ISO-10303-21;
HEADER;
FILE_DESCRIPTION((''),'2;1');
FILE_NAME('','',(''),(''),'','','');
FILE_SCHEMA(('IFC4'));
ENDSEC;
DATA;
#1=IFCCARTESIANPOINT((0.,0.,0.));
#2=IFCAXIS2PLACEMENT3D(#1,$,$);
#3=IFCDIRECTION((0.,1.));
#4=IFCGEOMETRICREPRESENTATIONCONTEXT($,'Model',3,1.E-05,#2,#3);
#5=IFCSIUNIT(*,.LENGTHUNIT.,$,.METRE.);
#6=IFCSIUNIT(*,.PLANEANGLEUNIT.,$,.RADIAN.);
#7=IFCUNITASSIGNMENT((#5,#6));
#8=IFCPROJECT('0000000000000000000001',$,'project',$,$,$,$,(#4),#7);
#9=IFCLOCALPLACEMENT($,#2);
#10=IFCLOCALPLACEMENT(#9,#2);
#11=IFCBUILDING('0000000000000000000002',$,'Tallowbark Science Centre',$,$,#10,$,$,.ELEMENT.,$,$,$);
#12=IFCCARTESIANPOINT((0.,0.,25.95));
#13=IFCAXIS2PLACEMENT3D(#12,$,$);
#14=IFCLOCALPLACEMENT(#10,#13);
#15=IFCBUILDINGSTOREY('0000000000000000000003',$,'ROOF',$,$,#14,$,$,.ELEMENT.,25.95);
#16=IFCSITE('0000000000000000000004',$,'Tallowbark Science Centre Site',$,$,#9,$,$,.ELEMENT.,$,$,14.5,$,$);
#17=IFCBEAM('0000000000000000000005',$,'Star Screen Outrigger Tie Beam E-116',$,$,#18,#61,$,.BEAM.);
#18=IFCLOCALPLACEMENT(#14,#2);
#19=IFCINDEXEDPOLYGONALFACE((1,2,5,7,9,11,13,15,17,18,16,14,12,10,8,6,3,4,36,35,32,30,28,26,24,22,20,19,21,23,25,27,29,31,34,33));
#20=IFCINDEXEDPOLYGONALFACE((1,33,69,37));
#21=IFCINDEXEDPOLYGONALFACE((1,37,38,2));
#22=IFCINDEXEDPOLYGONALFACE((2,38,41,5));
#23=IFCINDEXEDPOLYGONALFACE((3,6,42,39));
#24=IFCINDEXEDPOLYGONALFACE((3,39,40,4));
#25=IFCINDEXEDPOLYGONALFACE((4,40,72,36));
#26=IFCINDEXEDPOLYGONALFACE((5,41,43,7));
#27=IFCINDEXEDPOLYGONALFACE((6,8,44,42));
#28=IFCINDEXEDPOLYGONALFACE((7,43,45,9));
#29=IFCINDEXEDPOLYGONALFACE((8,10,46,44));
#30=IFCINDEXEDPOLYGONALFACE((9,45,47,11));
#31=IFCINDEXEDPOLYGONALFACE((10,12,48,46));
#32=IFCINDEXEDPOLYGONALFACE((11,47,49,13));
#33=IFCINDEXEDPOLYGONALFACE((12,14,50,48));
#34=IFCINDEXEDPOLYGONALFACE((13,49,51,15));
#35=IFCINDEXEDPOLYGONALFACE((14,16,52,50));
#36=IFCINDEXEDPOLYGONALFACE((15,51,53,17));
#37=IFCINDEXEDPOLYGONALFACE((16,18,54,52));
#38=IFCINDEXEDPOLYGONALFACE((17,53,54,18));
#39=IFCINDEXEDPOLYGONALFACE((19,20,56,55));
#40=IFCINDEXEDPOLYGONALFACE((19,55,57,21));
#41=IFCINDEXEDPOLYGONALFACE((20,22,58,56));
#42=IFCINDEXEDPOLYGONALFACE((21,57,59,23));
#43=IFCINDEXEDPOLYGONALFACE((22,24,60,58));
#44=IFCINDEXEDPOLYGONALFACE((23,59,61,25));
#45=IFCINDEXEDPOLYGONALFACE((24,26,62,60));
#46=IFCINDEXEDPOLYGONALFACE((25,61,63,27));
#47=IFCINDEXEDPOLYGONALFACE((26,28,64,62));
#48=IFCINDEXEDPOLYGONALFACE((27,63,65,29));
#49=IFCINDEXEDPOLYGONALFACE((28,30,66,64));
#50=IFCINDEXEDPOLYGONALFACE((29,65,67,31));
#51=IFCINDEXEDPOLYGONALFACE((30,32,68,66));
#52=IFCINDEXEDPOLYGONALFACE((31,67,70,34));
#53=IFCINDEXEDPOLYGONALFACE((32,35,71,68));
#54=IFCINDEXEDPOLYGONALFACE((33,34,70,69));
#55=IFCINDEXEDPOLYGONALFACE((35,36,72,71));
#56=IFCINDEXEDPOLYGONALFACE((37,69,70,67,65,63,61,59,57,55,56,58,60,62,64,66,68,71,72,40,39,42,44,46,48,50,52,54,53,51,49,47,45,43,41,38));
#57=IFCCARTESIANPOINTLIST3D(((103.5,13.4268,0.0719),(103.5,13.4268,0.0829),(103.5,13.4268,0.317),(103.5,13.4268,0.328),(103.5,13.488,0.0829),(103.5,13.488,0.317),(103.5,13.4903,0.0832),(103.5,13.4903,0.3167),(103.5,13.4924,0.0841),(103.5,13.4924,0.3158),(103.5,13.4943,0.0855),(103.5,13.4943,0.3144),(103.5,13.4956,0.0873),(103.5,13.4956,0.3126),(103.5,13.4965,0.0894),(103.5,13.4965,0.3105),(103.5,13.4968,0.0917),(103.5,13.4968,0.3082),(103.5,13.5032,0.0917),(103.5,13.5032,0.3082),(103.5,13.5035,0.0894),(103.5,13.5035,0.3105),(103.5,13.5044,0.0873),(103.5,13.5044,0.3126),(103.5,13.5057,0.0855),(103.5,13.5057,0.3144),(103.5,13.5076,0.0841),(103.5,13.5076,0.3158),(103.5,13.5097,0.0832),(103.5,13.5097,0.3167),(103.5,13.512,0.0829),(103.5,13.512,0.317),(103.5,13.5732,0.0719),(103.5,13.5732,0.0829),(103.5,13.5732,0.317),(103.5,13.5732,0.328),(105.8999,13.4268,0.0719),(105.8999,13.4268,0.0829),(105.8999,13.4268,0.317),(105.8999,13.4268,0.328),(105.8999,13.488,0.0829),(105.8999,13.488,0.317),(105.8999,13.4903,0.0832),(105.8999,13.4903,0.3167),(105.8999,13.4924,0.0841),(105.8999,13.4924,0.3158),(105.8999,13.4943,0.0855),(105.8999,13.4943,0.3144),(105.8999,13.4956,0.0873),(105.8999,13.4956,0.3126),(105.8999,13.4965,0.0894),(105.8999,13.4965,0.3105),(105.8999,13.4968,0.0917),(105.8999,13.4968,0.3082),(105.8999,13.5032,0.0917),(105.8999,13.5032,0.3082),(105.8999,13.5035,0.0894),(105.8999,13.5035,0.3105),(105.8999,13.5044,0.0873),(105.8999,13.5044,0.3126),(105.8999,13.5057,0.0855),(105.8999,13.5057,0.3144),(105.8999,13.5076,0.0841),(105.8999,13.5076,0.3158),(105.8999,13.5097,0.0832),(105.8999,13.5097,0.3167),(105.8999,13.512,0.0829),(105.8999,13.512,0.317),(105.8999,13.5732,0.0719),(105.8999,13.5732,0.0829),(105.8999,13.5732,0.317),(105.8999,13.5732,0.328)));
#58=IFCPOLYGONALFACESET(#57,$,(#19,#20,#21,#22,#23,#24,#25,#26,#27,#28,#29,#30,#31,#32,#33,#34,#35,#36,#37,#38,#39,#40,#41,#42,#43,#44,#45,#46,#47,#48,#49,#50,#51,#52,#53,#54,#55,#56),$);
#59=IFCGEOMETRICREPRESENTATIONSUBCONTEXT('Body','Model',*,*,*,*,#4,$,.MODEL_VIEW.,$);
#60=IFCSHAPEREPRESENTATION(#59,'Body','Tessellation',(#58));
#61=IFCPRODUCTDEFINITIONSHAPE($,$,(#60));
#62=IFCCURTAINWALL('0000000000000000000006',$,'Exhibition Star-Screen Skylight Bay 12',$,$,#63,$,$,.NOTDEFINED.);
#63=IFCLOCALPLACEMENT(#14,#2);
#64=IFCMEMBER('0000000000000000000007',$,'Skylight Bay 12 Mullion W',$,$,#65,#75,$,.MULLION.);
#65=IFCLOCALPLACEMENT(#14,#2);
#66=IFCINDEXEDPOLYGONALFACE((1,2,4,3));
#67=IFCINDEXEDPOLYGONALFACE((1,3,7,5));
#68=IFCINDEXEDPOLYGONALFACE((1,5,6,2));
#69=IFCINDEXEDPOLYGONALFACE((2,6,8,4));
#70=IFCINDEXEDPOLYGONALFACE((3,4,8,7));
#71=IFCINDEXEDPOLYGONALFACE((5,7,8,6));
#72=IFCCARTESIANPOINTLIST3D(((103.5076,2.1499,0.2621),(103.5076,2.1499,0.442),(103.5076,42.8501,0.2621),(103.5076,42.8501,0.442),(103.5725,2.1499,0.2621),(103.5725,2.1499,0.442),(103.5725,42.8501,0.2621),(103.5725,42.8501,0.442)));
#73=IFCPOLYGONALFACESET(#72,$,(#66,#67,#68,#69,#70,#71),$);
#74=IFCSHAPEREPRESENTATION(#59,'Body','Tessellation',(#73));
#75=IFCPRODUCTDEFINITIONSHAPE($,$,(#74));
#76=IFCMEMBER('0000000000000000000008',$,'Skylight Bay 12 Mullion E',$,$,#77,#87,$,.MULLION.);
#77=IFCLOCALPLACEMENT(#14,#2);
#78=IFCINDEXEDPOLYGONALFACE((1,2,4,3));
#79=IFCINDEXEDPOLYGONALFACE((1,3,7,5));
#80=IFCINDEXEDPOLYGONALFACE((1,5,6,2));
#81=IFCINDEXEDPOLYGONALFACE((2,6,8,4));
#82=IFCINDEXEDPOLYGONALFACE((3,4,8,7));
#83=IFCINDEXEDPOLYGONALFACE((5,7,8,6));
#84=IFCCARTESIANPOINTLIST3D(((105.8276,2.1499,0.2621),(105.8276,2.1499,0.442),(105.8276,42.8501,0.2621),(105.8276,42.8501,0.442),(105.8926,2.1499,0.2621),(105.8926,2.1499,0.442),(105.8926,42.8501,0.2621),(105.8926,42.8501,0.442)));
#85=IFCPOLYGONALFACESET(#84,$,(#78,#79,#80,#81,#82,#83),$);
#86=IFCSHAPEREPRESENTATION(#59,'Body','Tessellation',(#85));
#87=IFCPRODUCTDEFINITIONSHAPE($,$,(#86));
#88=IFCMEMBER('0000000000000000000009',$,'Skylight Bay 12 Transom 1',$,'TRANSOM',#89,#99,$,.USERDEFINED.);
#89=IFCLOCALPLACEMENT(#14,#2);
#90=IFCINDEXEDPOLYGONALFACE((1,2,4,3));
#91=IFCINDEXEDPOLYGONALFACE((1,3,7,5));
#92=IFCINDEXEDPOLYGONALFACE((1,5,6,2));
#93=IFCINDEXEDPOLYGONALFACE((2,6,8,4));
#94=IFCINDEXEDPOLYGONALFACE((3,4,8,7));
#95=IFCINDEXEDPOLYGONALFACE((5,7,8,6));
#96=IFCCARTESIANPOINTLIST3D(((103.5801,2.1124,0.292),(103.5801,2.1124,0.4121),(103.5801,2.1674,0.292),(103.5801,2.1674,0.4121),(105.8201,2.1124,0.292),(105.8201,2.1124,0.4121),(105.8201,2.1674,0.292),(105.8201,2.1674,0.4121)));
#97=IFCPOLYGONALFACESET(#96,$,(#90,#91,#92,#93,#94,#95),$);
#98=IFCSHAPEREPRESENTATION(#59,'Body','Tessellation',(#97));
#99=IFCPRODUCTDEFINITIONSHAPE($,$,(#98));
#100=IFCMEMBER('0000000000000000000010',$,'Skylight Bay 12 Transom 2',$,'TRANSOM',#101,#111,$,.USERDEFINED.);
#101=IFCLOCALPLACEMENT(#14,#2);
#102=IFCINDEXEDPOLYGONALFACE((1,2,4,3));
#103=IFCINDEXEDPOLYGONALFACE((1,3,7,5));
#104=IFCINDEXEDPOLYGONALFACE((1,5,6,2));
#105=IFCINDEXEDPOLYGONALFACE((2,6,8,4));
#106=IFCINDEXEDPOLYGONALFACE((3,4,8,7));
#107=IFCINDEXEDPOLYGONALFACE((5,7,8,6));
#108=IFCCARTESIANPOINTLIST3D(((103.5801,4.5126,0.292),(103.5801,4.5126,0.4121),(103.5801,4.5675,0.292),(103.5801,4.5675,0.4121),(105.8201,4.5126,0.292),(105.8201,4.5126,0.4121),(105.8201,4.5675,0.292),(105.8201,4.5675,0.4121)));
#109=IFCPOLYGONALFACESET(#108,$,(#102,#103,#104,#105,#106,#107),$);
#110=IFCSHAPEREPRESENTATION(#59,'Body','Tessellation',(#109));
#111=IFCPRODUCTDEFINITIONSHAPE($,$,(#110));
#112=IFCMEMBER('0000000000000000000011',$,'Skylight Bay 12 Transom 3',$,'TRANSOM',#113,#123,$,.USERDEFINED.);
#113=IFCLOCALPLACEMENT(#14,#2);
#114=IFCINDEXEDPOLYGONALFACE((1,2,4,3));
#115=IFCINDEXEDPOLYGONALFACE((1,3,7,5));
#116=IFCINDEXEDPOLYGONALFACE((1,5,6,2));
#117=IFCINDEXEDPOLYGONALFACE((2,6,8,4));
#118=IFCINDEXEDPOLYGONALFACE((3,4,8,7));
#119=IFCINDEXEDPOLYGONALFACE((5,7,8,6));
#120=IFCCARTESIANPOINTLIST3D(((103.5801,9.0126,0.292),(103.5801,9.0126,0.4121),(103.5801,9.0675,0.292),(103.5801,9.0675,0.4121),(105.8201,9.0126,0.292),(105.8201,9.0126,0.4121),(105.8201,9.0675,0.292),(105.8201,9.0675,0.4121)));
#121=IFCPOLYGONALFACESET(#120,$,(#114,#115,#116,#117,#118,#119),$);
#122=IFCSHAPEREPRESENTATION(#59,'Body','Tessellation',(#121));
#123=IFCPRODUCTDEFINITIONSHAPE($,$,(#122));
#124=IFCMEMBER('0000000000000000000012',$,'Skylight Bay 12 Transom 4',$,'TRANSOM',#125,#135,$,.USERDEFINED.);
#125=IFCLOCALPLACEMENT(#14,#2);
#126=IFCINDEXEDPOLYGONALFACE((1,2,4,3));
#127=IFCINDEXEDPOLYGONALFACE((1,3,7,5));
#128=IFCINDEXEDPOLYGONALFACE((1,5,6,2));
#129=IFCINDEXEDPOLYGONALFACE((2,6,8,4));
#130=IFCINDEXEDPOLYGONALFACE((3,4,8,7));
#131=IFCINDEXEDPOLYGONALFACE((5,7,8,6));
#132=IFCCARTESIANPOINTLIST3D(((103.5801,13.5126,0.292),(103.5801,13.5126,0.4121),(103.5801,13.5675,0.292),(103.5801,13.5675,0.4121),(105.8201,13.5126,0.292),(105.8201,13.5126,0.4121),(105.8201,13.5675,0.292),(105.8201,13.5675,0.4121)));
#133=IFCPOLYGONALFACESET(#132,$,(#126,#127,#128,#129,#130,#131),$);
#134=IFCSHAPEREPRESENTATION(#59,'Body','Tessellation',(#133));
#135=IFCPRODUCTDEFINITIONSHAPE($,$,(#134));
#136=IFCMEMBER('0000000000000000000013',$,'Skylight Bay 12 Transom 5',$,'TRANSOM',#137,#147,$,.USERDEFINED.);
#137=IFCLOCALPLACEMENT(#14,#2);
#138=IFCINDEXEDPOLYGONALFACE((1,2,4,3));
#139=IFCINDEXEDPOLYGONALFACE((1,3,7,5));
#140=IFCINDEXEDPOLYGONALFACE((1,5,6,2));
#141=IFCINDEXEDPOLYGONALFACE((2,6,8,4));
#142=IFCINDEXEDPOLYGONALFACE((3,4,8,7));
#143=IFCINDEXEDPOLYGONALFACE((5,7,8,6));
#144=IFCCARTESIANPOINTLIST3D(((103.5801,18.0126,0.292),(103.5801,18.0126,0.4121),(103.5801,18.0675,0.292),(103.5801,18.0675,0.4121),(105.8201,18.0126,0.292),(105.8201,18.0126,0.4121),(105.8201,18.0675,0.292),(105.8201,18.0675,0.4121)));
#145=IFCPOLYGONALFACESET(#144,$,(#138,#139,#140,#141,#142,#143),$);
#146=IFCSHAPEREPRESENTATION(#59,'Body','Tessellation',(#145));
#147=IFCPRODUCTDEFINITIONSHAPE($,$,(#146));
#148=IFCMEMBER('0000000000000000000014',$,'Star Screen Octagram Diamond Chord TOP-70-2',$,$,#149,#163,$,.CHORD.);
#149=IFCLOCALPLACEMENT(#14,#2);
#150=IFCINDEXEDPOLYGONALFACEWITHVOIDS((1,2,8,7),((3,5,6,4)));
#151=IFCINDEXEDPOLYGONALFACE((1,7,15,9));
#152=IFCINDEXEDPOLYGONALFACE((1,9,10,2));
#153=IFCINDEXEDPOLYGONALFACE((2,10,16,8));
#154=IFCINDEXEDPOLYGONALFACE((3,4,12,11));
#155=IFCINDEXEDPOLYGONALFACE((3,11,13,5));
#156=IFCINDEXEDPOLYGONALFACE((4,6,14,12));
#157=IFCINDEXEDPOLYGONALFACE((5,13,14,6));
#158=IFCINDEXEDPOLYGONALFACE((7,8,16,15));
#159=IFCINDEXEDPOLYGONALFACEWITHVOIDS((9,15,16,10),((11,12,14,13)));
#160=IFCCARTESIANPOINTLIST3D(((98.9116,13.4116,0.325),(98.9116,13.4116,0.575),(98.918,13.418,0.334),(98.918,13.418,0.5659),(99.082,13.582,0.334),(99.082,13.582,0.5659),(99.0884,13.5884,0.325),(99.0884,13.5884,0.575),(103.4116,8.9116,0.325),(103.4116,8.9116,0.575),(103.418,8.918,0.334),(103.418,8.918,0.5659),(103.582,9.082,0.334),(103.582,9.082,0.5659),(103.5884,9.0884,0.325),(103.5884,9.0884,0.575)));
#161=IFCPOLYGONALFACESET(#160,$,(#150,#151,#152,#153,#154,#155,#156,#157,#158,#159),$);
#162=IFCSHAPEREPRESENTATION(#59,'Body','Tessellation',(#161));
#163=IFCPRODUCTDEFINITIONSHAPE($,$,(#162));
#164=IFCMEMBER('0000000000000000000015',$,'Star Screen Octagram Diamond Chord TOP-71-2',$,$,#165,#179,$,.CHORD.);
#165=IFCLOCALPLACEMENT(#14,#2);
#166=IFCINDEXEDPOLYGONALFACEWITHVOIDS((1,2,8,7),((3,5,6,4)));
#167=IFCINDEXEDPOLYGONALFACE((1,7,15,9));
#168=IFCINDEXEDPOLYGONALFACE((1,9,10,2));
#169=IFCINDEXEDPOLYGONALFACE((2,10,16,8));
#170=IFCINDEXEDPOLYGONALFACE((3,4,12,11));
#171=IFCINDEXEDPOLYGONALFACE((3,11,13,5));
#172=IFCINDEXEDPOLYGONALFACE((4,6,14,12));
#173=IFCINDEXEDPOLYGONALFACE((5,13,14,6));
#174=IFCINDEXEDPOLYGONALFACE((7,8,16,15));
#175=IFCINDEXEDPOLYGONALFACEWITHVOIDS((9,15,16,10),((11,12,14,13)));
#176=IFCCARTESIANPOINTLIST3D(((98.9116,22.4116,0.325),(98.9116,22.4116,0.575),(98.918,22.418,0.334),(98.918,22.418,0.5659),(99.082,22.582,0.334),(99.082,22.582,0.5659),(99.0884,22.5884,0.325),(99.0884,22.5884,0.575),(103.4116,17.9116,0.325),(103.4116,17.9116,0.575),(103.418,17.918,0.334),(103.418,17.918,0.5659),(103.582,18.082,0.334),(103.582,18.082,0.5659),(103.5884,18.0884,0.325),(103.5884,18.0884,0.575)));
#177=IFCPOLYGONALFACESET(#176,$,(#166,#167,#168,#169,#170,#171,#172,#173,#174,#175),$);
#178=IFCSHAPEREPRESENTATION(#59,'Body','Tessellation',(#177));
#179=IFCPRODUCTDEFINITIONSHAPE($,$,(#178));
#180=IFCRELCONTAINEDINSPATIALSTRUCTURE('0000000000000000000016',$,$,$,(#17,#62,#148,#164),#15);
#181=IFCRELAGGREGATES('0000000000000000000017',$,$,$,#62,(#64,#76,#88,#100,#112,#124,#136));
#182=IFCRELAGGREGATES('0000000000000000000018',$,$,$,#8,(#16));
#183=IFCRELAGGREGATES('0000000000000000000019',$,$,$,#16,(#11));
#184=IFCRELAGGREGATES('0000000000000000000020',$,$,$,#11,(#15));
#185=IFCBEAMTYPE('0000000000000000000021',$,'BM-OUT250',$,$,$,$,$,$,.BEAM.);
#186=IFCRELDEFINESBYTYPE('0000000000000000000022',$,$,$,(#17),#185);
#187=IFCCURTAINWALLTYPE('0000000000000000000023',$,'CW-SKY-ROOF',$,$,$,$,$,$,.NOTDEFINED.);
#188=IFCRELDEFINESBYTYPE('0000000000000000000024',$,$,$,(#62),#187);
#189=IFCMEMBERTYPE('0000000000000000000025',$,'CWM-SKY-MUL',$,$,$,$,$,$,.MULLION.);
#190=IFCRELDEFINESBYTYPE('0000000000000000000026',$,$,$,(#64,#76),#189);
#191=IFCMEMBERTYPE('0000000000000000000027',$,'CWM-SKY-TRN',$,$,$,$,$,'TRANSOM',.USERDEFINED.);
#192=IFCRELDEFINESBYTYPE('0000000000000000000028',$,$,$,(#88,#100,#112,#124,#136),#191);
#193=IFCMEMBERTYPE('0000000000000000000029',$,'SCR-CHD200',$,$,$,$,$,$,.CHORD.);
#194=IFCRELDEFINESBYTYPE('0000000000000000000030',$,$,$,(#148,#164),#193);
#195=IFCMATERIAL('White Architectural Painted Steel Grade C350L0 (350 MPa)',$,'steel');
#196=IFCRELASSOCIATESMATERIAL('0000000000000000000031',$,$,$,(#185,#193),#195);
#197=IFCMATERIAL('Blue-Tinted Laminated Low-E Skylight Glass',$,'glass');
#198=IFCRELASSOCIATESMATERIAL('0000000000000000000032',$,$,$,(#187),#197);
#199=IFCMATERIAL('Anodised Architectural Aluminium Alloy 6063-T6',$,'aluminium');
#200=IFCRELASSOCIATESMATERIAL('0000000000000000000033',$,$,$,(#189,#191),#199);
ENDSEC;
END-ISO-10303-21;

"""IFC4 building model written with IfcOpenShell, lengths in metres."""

from ifc_helpers import new_model, si_unit, direction, frame, origin, origin_2d, place, context, subcontext, project, spatial, rectangle, hollow_rectangle, i_section, extrude, material, material_profile, profile_set, type_object, element, aggregate, save


model = new_model("IFC4")

# Units and contexts
model_context = context("Model", 3, precision=1e-05, world=origin(), true_north=direction((0.0, 1.0)))
body_context = subcontext(model_context, "Body", "Model", "MODEL_VIEW")
ifc_project = project(units=[si_unit("LENGTHUNIT", "METRE"), si_unit("PLANEANGLEUNIT", "RADIAN")], contexts=[model_context])

# Site, building, storey
site_placement = place(None, origin())
site = spatial("IfcSite", under=ifc_project, at=site_placement, Name="Tallowbark Science Centre Site", CompositionType="ELEMENT", RefElevation=14.5)
building_placement = place(site_placement, origin())
building = spatial("IfcBuilding", under=site, at=building_placement, Name="Tallowbark Science Centre", CompositionType="ELEMENT")
storey_placement = place(building_placement, frame((0.0, 0.0, 25.95)))
storey = spatial("IfcBuildingStorey", under=building, at=storey_placement, Name="ROOF", CompositionType="ELEMENT", Elevation=25.95)

# Beam
ifc_material_1 = material(Name="White Architectural Painted Steel Grade C350L0 (350 MPa)", Category="steel")
ifc_material_profile_1 = material_profile(ifc_material_1, i_section(OverallWidth=0.1465, OverallDepth=0.2561, WebThickness=0.0063, FlangeThickness=0.011, FilletRadius=0.0088, at=origin_2d()), Name="250UB37.3")
ifc_profile_set_1 = profile_set([ifc_material_profile_1], Name="White Architectural Painted Steel Grade C350L0 (350 MPa)")
beam_type_1 = type_object("IfcBeamType", Name="BM-OUT250", PredefinedType="BEAM", material=ifc_profile_set_1)
beam_1_placement = place(storey_placement, frame((103.5, 13.5, 0.2), z_axis=(1.0, 0.0, 0.0), x_axis=(0.0, 1.0, 0.0)))
element("IfcBeam", 1, at=beam_1_placement, inside=storey, type_object=beam_type_1, Name="Star Screen Outrigger Tie Beam E-116", PredefinedType="BEAM", context=body_context, shape_type="SweptSolid", body=[
    extrude(i_section(OverallWidth=0.1465, OverallDepth=0.2561, WebThickness=0.0063, FlangeThickness=0.011, FilletRadius=0.0088, at=origin_2d()), origin(), (0.0, 0.0, 1.0), 2.3999),
])

# Curtain wall, members
ifc_material_2 = material(Name="Blue-Tinted Laminated Low-E Skylight Glass", Category="glass")
curtain_wall_type = type_object("IfcCurtainWallType", Name="CW-SKY-ROOF", PredefinedType="NOTDEFINED", material=ifc_material_2)
curtain_wall_placement = place(storey_placement, origin())
curtain_wall = element("IfcCurtainWall", 2, at=curtain_wall_placement, inside=storey, type_object=curtain_wall_type, Name="Exhibition Star-Screen Skylight Bay 12", PredefinedType="NOTDEFINED")
ifc_material_3 = material(Name="Anodised Architectural Aluminium Alloy 6063-T6", Category="aluminium")
ifc_material_profile_2 = material_profile(ifc_material_3, rectangle(XDim=0.0649, YDim=0.1799, at=origin_2d()), Name="ALU65x180")
ifc_profile_set_2 = profile_set([ifc_material_profile_2], Name="Anodised Architectural Aluminium Alloy 6063-T6")
member_type_1 = type_object("IfcMemberType", Name="CWM-SKY-MUL", PredefinedType="MULLION", material=ifc_profile_set_2)
member_1_placement = place(storey_placement, frame((103.54, 2.1499, 0.3521), z_axis=(0.0, 1.0, 0.0), x_axis=(-1.0, 0.0, 0.0)))
member_1 = element("IfcMember", 3, at=member_1_placement, type_object=member_type_1, Name="Skylight Bay 12 Mullion W", PredefinedType="MULLION", context=body_context, shape_type="SweptSolid", body=[
    extrude(rectangle(XDim=0.0649, YDim=0.1799, at=origin_2d()), origin(), (0.0, 0.0, 1.0), 40.7002),
])
member_2_placement = place(storey_placement, frame((105.8601, 2.1499, 0.3521), z_axis=(0.0, 1.0, 0.0), x_axis=(-1.0, 0.0, 0.0)))
member_2 = element("IfcMember", 4, at=member_2_placement, type_object=member_type_1, Name="Skylight Bay 12 Mullion E", PredefinedType="MULLION", context=body_context, shape_type="SweptSolid", body=[
    extrude(rectangle(XDim=0.0649, YDim=0.1799, at=origin_2d()), origin(), (0.0, 0.0, 1.0), 40.7002),
])
ifc_material_profile_3 = material_profile(ifc_material_3, rectangle(XDim=0.0549, YDim=0.1201, at=origin_2d()), Name="ALU55x120")
ifc_profile_set_3 = profile_set([ifc_material_profile_3], Name="Anodised Architectural Aluminium Alloy 6063-T6")
member_type_2 = type_object("IfcMemberType", Name="CWM-SKY-TRN", ElementType="TRANSOM", PredefinedType="USERDEFINED", material=ifc_profile_set_3)
member_3_placement = place(storey_placement, frame((103.5801, 2.1399, 0.3521), z_axis=(1.0, 0.0, 0.0), x_axis=(0.0, 1.0, 0.0)))
member_3 = element("IfcMember", 5, at=member_3_placement, type_object=member_type_2, Name="Skylight Bay 12 Transom 1", ObjectType="TRANSOM", PredefinedType="USERDEFINED", context=body_context, shape_type="SweptSolid", body=[
    extrude(rectangle(XDim=0.0549, YDim=0.1201, at=origin_2d()), origin(), (0.0, 0.0, 1.0), 2.24),
])
member_4_placement = place(storey_placement, frame((103.5801, 4.54, 0.3521), z_axis=(1.0, 0.0, 0.0), x_axis=(0.0, 1.0, 0.0)))
member_4 = element("IfcMember", 6, at=member_4_placement, type_object=member_type_2, Name="Skylight Bay 12 Transom 2", ObjectType="TRANSOM", PredefinedType="USERDEFINED", context=body_context, shape_type="SweptSolid", body=[
    extrude(rectangle(XDim=0.0549, YDim=0.1201, at=origin_2d()), origin(), (0.0, 0.0, 1.0), 2.24),
])
member_5_placement = place(storey_placement, frame((103.5801, 9.04, 0.3521), z_axis=(1.0, 0.0, 0.0), x_axis=(0.0, 1.0, 0.0)))
member_5 = element("IfcMember", 7, at=member_5_placement, type_object=member_type_2, Name="Skylight Bay 12 Transom 3", ObjectType="TRANSOM", PredefinedType="USERDEFINED", context=body_context, shape_type="SweptSolid", body=[
    extrude(rectangle(XDim=0.0549, YDim=0.1201, at=origin_2d()), origin(), (0.0, 0.0, 1.0), 2.24),
])
member_6_placement = place(storey_placement, frame((103.5801, 13.54, 0.3521), z_axis=(1.0, 0.0, 0.0), x_axis=(0.0, 1.0, 0.0)))
member_6 = element("IfcMember", 8, at=member_6_placement, type_object=member_type_2, Name="Skylight Bay 12 Transom 4", ObjectType="TRANSOM", PredefinedType="USERDEFINED", context=body_context, shape_type="SweptSolid", body=[
    extrude(rectangle(XDim=0.0549, YDim=0.1201, at=origin_2d()), origin(), (0.0, 0.0, 1.0), 2.24),
])
member_7_placement = place(storey_placement, frame((103.5801, 18.04, 0.3521), z_axis=(1.0, 0.0, 0.0), x_axis=(0.0, 1.0, 0.0)))
member_7 = element("IfcMember", 9, at=member_7_placement, type_object=member_type_2, Name="Skylight Bay 12 Transom 5", ObjectType="TRANSOM", PredefinedType="USERDEFINED", context=body_context, shape_type="SweptSolid", body=[
    extrude(rectangle(XDim=0.0549, YDim=0.1201, at=origin_2d()), origin(), (0.0, 0.0, 1.0), 2.24),
])

# Members
ifc_material_profile_4 = material_profile(ifc_material_1, hollow_rectangle(XDim=0.25, YDim=0.25, WallThickness=0.009, at=origin_2d()), Name="250x250x9.0SHS")
ifc_profile_set_4 = profile_set([ifc_material_profile_4], Name="White Architectural Painted Steel Grade C350L0 (350 MPa)")
member_type_3 = type_object("IfcMemberType", Name="SCR-CHD200", PredefinedType="CHORD", material=ifc_profile_set_4)
for number, where, z_axis, x_axis, name in (
    (10, (103.5, 9.0, 0.45), (-0.707107, 0.707107, 0.0), (-0.707107, -0.707107, 0.0), "Star Screen Octagram Diamond Chord TOP-70-2"),
    (11, (103.5, 18.0, 0.45), (-0.707107, 0.707107, 0.0), (-0.707107, -0.707107, 0.0), "Star Screen Octagram Diamond Chord TOP-71-2"),
):
    element("IfcMember", number, at=place(storey_placement, frame(where, z_axis=z_axis, x_axis=x_axis)), inside=storey, type_object=member_type_3, Name=name, PredefinedType="CHORD", context=body_context, shape_type="SweptSolid", body=[
        extrude(hollow_rectangle(XDim=0.25, YDim=0.25, WallThickness=0.009, at=origin_2d()), origin(), (0.0, 0.0, 1.0), 6.364),
    ])

aggregate(curtain_wall, [member_1, member_2, member_3, member_4, member_5, member_6, member_7])

save(model, "model.ifc")
